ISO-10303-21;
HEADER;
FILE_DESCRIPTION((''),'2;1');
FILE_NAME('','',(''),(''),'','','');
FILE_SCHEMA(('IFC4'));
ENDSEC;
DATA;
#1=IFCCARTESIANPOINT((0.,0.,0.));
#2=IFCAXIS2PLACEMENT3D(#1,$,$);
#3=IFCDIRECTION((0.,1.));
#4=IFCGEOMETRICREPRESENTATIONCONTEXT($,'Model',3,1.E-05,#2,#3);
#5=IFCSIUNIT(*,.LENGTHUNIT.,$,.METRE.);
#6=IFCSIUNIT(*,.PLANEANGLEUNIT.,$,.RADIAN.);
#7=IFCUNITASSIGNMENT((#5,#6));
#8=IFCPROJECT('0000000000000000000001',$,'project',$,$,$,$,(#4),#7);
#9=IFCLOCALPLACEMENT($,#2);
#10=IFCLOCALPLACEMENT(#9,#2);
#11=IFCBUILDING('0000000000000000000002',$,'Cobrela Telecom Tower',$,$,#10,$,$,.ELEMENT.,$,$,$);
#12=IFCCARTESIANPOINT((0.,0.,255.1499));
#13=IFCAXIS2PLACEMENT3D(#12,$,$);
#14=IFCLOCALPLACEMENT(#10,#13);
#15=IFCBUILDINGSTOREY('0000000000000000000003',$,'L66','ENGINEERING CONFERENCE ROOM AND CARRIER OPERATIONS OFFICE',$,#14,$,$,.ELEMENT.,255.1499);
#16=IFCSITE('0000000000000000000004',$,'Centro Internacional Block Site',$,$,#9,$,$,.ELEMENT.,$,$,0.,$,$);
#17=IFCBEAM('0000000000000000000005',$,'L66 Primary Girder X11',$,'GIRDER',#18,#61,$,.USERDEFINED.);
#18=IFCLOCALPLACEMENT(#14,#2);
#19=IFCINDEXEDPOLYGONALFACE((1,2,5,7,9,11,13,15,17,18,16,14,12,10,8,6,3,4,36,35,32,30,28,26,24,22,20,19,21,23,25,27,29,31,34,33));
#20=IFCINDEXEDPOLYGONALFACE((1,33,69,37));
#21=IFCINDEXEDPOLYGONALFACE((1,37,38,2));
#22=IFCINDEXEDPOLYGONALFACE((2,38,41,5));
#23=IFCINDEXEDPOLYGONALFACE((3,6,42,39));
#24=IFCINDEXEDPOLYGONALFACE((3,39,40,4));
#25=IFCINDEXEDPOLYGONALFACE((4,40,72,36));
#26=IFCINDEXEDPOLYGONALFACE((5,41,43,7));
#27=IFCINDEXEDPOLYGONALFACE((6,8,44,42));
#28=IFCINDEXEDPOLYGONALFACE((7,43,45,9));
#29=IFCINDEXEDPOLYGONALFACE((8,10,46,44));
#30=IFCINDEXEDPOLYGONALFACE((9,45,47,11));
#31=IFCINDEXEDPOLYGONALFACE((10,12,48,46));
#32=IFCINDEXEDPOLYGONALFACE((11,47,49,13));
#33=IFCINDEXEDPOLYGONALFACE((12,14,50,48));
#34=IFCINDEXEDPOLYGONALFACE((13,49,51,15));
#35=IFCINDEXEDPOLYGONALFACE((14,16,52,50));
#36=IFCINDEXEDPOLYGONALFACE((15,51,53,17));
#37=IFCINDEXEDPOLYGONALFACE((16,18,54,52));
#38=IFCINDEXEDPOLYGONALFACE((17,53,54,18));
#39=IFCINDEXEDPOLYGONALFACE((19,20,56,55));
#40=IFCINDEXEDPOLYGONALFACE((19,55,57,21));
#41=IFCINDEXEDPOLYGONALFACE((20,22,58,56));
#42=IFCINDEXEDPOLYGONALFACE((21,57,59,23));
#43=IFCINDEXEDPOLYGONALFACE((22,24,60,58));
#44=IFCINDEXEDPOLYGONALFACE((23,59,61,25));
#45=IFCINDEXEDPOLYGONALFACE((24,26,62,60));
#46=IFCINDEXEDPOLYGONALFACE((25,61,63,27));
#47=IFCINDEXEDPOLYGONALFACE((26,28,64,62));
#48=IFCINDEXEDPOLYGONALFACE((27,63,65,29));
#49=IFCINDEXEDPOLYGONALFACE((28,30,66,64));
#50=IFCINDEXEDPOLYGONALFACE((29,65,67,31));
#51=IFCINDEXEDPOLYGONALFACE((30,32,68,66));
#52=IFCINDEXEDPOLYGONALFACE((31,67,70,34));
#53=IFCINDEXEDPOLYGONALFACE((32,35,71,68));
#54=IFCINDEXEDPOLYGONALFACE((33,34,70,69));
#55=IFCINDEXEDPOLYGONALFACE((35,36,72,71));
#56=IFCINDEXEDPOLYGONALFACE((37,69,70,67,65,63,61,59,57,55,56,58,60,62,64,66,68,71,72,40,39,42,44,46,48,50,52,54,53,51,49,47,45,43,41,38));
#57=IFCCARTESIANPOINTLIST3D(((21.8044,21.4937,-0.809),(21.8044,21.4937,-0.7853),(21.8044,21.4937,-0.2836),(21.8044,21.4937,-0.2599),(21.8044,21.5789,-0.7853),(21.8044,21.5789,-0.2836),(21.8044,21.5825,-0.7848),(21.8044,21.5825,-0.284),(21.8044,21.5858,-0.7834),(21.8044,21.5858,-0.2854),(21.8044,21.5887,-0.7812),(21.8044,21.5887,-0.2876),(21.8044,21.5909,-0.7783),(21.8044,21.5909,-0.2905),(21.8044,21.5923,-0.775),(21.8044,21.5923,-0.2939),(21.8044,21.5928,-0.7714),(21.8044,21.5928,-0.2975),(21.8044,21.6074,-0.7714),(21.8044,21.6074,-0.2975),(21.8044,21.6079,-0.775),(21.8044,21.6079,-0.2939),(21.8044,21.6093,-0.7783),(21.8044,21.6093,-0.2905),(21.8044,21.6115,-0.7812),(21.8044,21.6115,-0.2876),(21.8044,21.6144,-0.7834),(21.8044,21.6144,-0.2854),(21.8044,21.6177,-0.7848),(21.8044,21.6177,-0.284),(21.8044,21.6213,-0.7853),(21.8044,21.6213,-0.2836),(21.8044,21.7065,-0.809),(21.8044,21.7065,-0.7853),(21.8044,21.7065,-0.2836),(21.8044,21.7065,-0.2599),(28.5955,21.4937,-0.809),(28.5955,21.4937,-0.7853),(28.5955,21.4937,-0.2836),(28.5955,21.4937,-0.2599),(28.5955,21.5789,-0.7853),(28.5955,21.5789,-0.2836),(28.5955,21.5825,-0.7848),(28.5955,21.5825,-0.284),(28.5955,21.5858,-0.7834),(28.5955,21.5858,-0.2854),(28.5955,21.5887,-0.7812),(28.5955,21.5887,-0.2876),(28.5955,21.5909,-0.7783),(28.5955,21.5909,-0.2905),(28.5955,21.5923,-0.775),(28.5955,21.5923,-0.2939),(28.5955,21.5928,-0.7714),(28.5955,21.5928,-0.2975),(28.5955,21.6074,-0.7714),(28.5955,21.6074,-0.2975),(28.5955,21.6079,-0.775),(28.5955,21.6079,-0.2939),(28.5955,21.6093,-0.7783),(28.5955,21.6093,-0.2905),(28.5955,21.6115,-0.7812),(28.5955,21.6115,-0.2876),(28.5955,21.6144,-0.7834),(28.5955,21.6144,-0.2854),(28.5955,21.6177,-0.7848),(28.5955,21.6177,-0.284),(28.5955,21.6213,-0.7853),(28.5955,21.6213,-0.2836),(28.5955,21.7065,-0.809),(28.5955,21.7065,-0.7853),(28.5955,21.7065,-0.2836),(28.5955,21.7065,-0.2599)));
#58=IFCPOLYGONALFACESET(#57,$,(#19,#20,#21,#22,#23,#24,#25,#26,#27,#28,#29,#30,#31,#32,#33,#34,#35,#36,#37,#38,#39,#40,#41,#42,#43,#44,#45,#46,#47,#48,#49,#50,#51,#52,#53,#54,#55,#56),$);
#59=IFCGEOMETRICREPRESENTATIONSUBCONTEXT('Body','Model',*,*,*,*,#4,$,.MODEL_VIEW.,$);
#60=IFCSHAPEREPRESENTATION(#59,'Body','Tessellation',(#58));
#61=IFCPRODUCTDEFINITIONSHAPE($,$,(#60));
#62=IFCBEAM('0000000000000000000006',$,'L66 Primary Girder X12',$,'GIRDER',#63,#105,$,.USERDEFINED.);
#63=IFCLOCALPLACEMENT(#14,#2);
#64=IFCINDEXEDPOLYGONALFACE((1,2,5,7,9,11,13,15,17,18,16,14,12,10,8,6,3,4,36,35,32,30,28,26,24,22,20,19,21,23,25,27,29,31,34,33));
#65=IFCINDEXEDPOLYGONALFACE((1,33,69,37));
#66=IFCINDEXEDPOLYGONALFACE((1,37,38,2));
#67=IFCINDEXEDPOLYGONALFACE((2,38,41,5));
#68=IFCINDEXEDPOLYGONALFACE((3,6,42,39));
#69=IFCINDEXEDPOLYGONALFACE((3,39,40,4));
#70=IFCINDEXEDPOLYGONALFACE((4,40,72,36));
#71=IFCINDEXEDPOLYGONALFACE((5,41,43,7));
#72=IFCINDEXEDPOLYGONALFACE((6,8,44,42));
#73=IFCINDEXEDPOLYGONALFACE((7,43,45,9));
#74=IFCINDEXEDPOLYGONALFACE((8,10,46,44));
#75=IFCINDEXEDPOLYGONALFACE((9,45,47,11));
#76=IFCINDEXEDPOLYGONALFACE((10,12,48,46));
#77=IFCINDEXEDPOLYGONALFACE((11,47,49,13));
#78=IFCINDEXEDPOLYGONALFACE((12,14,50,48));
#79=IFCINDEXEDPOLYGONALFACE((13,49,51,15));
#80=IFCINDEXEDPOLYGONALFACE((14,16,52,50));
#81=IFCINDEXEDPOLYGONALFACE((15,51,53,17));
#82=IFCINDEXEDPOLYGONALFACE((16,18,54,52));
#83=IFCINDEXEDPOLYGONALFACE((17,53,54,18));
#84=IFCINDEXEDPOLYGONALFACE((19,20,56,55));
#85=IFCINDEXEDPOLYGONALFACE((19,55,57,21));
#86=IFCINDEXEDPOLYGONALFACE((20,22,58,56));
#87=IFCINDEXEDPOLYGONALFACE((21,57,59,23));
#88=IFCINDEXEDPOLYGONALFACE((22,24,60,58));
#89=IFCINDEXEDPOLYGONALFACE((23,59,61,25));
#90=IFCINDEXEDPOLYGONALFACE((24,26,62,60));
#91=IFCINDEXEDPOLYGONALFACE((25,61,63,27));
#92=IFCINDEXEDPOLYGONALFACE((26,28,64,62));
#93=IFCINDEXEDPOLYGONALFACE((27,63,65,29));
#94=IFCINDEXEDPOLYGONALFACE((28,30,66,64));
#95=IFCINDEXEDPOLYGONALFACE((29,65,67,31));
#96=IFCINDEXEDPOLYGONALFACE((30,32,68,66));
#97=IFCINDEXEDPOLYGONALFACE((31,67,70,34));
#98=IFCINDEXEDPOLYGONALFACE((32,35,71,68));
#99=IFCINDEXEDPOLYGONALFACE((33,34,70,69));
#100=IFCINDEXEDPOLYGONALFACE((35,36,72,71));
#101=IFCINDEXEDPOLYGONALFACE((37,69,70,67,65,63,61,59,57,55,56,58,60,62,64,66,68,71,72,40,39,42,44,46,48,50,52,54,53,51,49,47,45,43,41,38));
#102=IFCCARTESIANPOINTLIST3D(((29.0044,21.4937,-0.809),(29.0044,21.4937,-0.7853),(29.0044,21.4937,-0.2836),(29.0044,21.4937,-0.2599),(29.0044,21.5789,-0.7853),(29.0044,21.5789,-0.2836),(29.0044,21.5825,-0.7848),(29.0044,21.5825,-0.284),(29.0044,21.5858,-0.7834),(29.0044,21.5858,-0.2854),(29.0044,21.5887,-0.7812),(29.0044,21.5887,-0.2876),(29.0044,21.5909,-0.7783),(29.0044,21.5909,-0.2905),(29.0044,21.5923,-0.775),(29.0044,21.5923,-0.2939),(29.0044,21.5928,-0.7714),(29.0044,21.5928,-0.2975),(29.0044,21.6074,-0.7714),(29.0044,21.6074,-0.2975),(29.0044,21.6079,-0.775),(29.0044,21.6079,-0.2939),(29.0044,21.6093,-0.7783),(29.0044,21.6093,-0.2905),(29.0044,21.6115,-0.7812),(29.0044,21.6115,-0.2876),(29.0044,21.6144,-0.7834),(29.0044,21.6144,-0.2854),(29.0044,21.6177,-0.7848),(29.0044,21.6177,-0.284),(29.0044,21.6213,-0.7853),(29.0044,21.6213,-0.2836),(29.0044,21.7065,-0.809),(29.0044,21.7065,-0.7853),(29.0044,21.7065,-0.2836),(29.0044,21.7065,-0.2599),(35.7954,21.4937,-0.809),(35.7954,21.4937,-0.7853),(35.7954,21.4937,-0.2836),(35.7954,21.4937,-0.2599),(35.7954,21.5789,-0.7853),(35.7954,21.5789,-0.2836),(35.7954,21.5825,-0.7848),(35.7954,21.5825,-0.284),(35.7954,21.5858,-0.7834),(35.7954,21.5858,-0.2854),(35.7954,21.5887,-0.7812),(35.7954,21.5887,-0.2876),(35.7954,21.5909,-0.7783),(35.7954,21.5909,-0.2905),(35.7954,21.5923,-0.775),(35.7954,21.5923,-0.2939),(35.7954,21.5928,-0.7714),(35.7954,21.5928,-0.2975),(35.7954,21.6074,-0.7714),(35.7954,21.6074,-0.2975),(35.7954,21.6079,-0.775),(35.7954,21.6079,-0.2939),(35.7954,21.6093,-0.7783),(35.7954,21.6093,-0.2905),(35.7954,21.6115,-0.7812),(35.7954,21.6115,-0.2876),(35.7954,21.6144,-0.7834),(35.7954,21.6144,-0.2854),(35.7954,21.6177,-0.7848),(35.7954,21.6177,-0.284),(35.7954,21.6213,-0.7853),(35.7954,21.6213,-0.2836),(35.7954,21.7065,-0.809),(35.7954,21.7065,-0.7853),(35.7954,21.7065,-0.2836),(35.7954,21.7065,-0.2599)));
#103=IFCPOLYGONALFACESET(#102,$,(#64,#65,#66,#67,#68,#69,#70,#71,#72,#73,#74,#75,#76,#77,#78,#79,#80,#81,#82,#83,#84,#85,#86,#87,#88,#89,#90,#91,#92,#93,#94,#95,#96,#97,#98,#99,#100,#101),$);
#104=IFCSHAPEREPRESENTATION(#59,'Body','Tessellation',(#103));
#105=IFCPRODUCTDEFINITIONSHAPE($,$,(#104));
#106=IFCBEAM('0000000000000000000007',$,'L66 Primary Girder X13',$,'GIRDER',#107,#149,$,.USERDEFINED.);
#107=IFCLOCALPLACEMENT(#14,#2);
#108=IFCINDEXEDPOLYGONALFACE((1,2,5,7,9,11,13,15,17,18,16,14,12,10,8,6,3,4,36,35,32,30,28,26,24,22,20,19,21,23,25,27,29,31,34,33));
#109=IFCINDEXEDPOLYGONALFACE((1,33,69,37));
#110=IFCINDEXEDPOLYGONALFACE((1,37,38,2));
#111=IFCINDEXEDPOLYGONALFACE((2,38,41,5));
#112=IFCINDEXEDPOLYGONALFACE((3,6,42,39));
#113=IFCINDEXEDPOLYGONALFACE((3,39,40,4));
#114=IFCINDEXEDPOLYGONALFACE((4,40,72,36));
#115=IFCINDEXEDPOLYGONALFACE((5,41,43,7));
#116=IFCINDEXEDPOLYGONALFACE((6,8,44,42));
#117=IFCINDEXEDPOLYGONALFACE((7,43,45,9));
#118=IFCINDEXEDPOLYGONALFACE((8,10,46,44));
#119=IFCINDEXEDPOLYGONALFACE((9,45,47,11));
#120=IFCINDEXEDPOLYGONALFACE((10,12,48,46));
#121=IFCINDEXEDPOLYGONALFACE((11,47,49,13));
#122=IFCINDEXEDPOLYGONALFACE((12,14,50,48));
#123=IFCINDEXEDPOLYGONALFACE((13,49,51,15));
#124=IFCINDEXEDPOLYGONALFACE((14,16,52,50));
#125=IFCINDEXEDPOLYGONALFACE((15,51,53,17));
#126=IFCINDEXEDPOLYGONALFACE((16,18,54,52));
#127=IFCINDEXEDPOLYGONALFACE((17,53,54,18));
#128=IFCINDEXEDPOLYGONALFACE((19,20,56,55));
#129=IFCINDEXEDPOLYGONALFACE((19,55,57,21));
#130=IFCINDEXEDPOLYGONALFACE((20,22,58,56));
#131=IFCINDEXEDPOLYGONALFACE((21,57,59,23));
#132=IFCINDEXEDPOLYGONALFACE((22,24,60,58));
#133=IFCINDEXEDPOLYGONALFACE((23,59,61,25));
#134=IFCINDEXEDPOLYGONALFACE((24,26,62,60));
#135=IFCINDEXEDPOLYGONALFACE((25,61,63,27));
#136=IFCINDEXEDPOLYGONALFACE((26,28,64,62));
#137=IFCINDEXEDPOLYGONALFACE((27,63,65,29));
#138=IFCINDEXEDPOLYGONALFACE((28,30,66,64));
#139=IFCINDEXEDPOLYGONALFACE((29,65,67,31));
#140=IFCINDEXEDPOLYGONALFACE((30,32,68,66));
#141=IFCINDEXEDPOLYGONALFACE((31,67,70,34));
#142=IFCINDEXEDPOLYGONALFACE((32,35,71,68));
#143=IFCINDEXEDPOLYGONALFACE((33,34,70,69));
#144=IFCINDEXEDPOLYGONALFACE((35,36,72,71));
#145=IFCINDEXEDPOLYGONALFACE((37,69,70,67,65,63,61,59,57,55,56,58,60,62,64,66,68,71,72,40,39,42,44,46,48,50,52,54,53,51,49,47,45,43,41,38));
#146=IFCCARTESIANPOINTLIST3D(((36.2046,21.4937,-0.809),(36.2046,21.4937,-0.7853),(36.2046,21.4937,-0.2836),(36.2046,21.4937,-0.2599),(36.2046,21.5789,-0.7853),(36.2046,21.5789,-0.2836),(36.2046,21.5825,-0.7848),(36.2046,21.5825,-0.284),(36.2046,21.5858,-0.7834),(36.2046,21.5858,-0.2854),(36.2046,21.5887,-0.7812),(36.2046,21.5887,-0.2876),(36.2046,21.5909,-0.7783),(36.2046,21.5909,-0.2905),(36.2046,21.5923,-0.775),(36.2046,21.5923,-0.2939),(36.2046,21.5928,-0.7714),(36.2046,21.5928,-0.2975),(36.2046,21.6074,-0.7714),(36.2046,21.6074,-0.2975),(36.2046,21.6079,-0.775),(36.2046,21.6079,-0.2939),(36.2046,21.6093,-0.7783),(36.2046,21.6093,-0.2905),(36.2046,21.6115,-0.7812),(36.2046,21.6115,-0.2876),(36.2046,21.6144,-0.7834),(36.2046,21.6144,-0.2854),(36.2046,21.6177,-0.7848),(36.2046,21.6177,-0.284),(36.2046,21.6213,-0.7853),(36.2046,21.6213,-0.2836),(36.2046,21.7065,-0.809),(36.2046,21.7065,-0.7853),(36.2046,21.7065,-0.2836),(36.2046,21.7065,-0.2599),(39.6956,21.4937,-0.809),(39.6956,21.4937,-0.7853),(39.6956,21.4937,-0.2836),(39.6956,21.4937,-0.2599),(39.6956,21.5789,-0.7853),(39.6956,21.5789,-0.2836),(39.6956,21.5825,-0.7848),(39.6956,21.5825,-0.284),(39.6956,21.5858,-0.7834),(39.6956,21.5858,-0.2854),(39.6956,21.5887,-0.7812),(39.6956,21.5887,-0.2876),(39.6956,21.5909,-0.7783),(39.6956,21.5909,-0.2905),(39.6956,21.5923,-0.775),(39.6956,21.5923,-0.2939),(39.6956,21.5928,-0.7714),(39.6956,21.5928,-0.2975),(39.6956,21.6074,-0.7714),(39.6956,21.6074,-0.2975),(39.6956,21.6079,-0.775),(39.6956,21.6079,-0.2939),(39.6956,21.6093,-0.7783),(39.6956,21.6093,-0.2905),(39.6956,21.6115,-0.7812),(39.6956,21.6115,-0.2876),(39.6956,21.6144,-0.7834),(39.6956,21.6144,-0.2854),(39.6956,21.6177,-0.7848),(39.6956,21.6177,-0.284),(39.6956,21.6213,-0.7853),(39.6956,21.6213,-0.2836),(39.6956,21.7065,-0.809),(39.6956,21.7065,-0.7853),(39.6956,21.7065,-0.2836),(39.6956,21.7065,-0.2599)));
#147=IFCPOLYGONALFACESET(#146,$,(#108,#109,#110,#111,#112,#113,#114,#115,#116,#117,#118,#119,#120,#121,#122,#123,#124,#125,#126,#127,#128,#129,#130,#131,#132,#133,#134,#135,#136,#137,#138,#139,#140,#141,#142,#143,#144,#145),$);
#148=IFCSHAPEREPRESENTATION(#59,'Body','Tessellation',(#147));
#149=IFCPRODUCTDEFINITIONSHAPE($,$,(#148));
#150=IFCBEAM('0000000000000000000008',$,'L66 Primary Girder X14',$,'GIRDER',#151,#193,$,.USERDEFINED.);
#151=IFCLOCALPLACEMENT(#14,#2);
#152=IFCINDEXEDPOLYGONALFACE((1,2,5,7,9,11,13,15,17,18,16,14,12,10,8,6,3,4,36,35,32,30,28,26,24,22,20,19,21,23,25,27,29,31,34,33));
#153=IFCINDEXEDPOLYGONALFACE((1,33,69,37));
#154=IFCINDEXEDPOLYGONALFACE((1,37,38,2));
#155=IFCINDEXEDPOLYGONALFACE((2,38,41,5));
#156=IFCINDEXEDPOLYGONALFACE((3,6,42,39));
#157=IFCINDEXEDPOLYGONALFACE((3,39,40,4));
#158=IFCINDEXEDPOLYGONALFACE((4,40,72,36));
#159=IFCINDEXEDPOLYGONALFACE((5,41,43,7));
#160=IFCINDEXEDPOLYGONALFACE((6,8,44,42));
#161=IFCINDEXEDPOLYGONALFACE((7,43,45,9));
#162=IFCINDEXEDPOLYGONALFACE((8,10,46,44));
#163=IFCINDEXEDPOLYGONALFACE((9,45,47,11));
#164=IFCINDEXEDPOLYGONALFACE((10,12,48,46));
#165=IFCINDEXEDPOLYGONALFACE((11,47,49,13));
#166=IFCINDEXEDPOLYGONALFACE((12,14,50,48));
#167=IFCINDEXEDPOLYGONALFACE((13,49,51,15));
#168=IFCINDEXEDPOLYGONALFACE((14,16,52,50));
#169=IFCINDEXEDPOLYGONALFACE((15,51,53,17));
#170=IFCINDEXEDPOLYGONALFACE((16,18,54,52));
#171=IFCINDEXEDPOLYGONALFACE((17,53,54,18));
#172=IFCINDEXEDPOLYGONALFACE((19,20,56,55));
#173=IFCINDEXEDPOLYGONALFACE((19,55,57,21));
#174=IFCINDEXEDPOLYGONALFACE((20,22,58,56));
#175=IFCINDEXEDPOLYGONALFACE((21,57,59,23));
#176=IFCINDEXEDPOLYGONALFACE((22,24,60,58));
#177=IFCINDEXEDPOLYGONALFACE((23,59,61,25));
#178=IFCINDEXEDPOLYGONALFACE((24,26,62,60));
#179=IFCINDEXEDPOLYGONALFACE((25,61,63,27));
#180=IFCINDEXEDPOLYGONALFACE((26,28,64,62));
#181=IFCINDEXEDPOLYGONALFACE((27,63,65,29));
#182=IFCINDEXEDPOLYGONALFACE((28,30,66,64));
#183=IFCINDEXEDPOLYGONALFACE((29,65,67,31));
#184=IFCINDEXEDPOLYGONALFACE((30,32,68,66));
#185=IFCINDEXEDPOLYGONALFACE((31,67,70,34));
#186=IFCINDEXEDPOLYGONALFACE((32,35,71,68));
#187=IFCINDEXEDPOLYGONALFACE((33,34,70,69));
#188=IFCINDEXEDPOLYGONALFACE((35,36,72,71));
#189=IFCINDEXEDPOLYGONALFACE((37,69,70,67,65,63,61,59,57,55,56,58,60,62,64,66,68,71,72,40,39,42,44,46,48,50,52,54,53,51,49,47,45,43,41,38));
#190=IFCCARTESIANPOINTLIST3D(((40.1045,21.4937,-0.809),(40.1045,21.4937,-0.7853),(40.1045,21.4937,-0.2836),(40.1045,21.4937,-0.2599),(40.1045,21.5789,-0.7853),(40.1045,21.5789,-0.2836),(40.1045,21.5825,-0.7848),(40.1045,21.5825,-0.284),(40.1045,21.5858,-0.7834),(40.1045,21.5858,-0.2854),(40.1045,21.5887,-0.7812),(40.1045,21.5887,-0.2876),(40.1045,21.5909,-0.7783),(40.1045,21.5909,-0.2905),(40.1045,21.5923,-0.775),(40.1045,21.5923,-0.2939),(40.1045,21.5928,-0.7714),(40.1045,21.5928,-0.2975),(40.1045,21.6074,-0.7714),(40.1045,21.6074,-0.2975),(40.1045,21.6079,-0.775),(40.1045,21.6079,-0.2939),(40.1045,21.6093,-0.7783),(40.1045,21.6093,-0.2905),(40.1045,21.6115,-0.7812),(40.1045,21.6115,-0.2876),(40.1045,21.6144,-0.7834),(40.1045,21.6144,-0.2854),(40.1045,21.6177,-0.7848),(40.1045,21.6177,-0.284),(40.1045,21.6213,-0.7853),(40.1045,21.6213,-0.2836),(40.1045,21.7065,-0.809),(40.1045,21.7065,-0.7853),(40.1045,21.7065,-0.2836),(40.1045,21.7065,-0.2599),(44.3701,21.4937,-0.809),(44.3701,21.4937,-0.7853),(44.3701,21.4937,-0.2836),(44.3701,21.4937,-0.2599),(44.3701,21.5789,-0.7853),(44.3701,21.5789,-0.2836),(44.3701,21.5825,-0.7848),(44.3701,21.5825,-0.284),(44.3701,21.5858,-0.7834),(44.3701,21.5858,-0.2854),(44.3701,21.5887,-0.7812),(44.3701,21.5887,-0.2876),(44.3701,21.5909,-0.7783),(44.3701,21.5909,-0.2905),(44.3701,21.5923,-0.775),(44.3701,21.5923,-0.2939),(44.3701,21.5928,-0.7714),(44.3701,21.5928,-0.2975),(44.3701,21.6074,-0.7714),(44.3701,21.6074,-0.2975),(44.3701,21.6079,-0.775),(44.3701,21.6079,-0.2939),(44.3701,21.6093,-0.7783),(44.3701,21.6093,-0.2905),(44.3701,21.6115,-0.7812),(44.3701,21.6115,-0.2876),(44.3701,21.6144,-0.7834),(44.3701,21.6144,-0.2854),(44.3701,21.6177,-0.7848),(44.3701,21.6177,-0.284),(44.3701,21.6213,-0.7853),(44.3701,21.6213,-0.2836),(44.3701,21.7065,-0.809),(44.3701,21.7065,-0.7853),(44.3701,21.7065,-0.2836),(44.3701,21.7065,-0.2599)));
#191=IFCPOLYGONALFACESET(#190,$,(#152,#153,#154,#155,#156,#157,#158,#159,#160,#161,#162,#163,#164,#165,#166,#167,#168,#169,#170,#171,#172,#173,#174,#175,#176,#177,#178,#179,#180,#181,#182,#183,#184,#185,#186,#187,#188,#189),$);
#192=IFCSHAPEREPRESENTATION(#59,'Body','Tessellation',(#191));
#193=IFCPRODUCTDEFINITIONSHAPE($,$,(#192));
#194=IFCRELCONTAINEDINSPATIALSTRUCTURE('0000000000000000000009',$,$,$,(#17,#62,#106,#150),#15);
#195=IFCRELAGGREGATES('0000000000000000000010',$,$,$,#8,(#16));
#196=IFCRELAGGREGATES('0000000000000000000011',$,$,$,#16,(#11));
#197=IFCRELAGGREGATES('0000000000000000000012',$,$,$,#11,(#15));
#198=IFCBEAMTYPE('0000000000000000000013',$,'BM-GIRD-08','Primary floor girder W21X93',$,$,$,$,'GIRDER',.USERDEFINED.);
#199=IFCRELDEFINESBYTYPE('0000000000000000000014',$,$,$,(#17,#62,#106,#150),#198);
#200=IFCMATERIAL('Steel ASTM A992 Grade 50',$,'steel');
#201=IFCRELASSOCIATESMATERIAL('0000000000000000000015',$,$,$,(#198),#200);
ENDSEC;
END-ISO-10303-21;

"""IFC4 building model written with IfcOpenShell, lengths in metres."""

from ifc_helpers import new_model, si_unit, direction, frame, origin, origin_2d, place, context, subcontext, project, spatial, i_section, extrude, material, material_profile, profile_set, type_object, element, save


model = new_model("IFC4")

# Units and contexts
model_context = context("Model", 3, precision=1e-05, world=origin(), true_north=direction((0.0, 1.0)))
body_context = subcontext(model_context, "Body", "Model", "MODEL_VIEW")
ifc_project = project(units=[si_unit("LENGTHUNIT", "METRE"), si_unit("PLANEANGLEUNIT", "RADIAN")], contexts=[model_context])

# Site, building, storey
site_placement = place(None, origin())
site = spatial("IfcSite", under=ifc_project, at=site_placement, Name="Centro Internacional Block Site", CompositionType="ELEMENT", RefElevation=0.0)
building_placement = place(site_placement, origin())
building = spatial("IfcBuilding", under=site, at=building_placement, Name="Cobrela Telecom Tower", CompositionType="ELEMENT")
storey_placement = place(building_placement, frame((0.0, 0.0, 255.1499)))
storey = spatial("IfcBuildingStorey", under=building, at=storey_placement, Name="L66", Description="ENGINEERING CONFERENCE ROOM AND CARRIER OPERATIONS OFFICE", CompositionType="ELEMENT", Elevation=255.1499)

# Shared definitions
ifc_material_1 = material(Name="Steel ASTM A992 Grade 50", Category="steel")

# Beams
ifc_material_profile_1 = material_profile(ifc_material_1, i_section(OverallWidth=0.2129, OverallDepth=0.5491, WebThickness=0.0146, FlangeThickness=0.0237, FilletRadius=0.0139, at=origin_2d()), Name="W21X93")
ifc_profile_set_1 = profile_set([ifc_material_profile_1], Name="Steel ASTM A992 Grade 50")
beam_type = type_object("IfcBeamType", Name="BM-GIRD-08", Description="Primary floor girder W21X93", ElementType="GIRDER", PredefinedType="USERDEFINED", material=ifc_profile_set_1)
for number, where, z_axis, x_axis, name in (
    (1, (21.8044, 21.6001, -0.5344), (1.0, 0.0, 0.0), (0.0, 1.0, 0.0), "L66 Primary Girder X11"),
    (2, (29.0044, 21.6001, -0.5344), (1.0, 0.0, 0.0), (0.0, 1.0, 0.0), "L66 Primary Girder X12"),
):
    element("IfcBeam", number, at=place(storey_placement, frame(where, z_axis=z_axis, x_axis=x_axis)), inside=storey, type_object=beam_type, Name=name, ObjectType="GIRDER", PredefinedType="USERDEFINED", context=body_context, shape_type="SweptSolid", body=[
        extrude(i_section(OverallWidth=0.2129, OverallDepth=0.5491, WebThickness=0.0146, FlangeThickness=0.0237, FilletRadius=0.0139, at=origin_2d()), origin(), (0.0, 0.0, 1.0), 6.791),
    ])
beam_1_placement = place(storey_placement, frame((36.2046, 21.6001, -0.5344), z_axis=(1.0, 0.0, 0.0), x_axis=(0.0, 1.0, 0.0)))
element("IfcBeam", 3, at=beam_1_placement, inside=storey, type_object=beam_type, Name="L66 Primary Girder X13", ObjectType="GIRDER", PredefinedType="USERDEFINED", context=body_context, shape_type="SweptSolid", body=[
    extrude(i_section(OverallWidth=0.2129, OverallDepth=0.5491, WebThickness=0.0146, FlangeThickness=0.0237, FilletRadius=0.0139, at=origin_2d()), origin(), (0.0, 0.0, 1.0), 3.491),
])
beam_2_placement = place(storey_placement, frame((40.1045, 21.6001, -0.5344), z_axis=(1.0, 0.0, 0.0), x_axis=(0.0, 1.0, 0.0)))
element("IfcBeam", 4, at=beam_2_placement, inside=storey, type_object=beam_type, Name="L66 Primary Girder X14", ObjectType="GIRDER", PredefinedType="USERDEFINED", context=body_context, shape_type="SweptSolid", body=[
    extrude(i_section(OverallWidth=0.2129, OverallDepth=0.5491, WebThickness=0.0146, FlangeThickness=0.0237, FilletRadius=0.0139, at=origin_2d()), origin(), (0.0, 0.0, 1.0), 4.2656),
])

save(model, "model.ifc")
